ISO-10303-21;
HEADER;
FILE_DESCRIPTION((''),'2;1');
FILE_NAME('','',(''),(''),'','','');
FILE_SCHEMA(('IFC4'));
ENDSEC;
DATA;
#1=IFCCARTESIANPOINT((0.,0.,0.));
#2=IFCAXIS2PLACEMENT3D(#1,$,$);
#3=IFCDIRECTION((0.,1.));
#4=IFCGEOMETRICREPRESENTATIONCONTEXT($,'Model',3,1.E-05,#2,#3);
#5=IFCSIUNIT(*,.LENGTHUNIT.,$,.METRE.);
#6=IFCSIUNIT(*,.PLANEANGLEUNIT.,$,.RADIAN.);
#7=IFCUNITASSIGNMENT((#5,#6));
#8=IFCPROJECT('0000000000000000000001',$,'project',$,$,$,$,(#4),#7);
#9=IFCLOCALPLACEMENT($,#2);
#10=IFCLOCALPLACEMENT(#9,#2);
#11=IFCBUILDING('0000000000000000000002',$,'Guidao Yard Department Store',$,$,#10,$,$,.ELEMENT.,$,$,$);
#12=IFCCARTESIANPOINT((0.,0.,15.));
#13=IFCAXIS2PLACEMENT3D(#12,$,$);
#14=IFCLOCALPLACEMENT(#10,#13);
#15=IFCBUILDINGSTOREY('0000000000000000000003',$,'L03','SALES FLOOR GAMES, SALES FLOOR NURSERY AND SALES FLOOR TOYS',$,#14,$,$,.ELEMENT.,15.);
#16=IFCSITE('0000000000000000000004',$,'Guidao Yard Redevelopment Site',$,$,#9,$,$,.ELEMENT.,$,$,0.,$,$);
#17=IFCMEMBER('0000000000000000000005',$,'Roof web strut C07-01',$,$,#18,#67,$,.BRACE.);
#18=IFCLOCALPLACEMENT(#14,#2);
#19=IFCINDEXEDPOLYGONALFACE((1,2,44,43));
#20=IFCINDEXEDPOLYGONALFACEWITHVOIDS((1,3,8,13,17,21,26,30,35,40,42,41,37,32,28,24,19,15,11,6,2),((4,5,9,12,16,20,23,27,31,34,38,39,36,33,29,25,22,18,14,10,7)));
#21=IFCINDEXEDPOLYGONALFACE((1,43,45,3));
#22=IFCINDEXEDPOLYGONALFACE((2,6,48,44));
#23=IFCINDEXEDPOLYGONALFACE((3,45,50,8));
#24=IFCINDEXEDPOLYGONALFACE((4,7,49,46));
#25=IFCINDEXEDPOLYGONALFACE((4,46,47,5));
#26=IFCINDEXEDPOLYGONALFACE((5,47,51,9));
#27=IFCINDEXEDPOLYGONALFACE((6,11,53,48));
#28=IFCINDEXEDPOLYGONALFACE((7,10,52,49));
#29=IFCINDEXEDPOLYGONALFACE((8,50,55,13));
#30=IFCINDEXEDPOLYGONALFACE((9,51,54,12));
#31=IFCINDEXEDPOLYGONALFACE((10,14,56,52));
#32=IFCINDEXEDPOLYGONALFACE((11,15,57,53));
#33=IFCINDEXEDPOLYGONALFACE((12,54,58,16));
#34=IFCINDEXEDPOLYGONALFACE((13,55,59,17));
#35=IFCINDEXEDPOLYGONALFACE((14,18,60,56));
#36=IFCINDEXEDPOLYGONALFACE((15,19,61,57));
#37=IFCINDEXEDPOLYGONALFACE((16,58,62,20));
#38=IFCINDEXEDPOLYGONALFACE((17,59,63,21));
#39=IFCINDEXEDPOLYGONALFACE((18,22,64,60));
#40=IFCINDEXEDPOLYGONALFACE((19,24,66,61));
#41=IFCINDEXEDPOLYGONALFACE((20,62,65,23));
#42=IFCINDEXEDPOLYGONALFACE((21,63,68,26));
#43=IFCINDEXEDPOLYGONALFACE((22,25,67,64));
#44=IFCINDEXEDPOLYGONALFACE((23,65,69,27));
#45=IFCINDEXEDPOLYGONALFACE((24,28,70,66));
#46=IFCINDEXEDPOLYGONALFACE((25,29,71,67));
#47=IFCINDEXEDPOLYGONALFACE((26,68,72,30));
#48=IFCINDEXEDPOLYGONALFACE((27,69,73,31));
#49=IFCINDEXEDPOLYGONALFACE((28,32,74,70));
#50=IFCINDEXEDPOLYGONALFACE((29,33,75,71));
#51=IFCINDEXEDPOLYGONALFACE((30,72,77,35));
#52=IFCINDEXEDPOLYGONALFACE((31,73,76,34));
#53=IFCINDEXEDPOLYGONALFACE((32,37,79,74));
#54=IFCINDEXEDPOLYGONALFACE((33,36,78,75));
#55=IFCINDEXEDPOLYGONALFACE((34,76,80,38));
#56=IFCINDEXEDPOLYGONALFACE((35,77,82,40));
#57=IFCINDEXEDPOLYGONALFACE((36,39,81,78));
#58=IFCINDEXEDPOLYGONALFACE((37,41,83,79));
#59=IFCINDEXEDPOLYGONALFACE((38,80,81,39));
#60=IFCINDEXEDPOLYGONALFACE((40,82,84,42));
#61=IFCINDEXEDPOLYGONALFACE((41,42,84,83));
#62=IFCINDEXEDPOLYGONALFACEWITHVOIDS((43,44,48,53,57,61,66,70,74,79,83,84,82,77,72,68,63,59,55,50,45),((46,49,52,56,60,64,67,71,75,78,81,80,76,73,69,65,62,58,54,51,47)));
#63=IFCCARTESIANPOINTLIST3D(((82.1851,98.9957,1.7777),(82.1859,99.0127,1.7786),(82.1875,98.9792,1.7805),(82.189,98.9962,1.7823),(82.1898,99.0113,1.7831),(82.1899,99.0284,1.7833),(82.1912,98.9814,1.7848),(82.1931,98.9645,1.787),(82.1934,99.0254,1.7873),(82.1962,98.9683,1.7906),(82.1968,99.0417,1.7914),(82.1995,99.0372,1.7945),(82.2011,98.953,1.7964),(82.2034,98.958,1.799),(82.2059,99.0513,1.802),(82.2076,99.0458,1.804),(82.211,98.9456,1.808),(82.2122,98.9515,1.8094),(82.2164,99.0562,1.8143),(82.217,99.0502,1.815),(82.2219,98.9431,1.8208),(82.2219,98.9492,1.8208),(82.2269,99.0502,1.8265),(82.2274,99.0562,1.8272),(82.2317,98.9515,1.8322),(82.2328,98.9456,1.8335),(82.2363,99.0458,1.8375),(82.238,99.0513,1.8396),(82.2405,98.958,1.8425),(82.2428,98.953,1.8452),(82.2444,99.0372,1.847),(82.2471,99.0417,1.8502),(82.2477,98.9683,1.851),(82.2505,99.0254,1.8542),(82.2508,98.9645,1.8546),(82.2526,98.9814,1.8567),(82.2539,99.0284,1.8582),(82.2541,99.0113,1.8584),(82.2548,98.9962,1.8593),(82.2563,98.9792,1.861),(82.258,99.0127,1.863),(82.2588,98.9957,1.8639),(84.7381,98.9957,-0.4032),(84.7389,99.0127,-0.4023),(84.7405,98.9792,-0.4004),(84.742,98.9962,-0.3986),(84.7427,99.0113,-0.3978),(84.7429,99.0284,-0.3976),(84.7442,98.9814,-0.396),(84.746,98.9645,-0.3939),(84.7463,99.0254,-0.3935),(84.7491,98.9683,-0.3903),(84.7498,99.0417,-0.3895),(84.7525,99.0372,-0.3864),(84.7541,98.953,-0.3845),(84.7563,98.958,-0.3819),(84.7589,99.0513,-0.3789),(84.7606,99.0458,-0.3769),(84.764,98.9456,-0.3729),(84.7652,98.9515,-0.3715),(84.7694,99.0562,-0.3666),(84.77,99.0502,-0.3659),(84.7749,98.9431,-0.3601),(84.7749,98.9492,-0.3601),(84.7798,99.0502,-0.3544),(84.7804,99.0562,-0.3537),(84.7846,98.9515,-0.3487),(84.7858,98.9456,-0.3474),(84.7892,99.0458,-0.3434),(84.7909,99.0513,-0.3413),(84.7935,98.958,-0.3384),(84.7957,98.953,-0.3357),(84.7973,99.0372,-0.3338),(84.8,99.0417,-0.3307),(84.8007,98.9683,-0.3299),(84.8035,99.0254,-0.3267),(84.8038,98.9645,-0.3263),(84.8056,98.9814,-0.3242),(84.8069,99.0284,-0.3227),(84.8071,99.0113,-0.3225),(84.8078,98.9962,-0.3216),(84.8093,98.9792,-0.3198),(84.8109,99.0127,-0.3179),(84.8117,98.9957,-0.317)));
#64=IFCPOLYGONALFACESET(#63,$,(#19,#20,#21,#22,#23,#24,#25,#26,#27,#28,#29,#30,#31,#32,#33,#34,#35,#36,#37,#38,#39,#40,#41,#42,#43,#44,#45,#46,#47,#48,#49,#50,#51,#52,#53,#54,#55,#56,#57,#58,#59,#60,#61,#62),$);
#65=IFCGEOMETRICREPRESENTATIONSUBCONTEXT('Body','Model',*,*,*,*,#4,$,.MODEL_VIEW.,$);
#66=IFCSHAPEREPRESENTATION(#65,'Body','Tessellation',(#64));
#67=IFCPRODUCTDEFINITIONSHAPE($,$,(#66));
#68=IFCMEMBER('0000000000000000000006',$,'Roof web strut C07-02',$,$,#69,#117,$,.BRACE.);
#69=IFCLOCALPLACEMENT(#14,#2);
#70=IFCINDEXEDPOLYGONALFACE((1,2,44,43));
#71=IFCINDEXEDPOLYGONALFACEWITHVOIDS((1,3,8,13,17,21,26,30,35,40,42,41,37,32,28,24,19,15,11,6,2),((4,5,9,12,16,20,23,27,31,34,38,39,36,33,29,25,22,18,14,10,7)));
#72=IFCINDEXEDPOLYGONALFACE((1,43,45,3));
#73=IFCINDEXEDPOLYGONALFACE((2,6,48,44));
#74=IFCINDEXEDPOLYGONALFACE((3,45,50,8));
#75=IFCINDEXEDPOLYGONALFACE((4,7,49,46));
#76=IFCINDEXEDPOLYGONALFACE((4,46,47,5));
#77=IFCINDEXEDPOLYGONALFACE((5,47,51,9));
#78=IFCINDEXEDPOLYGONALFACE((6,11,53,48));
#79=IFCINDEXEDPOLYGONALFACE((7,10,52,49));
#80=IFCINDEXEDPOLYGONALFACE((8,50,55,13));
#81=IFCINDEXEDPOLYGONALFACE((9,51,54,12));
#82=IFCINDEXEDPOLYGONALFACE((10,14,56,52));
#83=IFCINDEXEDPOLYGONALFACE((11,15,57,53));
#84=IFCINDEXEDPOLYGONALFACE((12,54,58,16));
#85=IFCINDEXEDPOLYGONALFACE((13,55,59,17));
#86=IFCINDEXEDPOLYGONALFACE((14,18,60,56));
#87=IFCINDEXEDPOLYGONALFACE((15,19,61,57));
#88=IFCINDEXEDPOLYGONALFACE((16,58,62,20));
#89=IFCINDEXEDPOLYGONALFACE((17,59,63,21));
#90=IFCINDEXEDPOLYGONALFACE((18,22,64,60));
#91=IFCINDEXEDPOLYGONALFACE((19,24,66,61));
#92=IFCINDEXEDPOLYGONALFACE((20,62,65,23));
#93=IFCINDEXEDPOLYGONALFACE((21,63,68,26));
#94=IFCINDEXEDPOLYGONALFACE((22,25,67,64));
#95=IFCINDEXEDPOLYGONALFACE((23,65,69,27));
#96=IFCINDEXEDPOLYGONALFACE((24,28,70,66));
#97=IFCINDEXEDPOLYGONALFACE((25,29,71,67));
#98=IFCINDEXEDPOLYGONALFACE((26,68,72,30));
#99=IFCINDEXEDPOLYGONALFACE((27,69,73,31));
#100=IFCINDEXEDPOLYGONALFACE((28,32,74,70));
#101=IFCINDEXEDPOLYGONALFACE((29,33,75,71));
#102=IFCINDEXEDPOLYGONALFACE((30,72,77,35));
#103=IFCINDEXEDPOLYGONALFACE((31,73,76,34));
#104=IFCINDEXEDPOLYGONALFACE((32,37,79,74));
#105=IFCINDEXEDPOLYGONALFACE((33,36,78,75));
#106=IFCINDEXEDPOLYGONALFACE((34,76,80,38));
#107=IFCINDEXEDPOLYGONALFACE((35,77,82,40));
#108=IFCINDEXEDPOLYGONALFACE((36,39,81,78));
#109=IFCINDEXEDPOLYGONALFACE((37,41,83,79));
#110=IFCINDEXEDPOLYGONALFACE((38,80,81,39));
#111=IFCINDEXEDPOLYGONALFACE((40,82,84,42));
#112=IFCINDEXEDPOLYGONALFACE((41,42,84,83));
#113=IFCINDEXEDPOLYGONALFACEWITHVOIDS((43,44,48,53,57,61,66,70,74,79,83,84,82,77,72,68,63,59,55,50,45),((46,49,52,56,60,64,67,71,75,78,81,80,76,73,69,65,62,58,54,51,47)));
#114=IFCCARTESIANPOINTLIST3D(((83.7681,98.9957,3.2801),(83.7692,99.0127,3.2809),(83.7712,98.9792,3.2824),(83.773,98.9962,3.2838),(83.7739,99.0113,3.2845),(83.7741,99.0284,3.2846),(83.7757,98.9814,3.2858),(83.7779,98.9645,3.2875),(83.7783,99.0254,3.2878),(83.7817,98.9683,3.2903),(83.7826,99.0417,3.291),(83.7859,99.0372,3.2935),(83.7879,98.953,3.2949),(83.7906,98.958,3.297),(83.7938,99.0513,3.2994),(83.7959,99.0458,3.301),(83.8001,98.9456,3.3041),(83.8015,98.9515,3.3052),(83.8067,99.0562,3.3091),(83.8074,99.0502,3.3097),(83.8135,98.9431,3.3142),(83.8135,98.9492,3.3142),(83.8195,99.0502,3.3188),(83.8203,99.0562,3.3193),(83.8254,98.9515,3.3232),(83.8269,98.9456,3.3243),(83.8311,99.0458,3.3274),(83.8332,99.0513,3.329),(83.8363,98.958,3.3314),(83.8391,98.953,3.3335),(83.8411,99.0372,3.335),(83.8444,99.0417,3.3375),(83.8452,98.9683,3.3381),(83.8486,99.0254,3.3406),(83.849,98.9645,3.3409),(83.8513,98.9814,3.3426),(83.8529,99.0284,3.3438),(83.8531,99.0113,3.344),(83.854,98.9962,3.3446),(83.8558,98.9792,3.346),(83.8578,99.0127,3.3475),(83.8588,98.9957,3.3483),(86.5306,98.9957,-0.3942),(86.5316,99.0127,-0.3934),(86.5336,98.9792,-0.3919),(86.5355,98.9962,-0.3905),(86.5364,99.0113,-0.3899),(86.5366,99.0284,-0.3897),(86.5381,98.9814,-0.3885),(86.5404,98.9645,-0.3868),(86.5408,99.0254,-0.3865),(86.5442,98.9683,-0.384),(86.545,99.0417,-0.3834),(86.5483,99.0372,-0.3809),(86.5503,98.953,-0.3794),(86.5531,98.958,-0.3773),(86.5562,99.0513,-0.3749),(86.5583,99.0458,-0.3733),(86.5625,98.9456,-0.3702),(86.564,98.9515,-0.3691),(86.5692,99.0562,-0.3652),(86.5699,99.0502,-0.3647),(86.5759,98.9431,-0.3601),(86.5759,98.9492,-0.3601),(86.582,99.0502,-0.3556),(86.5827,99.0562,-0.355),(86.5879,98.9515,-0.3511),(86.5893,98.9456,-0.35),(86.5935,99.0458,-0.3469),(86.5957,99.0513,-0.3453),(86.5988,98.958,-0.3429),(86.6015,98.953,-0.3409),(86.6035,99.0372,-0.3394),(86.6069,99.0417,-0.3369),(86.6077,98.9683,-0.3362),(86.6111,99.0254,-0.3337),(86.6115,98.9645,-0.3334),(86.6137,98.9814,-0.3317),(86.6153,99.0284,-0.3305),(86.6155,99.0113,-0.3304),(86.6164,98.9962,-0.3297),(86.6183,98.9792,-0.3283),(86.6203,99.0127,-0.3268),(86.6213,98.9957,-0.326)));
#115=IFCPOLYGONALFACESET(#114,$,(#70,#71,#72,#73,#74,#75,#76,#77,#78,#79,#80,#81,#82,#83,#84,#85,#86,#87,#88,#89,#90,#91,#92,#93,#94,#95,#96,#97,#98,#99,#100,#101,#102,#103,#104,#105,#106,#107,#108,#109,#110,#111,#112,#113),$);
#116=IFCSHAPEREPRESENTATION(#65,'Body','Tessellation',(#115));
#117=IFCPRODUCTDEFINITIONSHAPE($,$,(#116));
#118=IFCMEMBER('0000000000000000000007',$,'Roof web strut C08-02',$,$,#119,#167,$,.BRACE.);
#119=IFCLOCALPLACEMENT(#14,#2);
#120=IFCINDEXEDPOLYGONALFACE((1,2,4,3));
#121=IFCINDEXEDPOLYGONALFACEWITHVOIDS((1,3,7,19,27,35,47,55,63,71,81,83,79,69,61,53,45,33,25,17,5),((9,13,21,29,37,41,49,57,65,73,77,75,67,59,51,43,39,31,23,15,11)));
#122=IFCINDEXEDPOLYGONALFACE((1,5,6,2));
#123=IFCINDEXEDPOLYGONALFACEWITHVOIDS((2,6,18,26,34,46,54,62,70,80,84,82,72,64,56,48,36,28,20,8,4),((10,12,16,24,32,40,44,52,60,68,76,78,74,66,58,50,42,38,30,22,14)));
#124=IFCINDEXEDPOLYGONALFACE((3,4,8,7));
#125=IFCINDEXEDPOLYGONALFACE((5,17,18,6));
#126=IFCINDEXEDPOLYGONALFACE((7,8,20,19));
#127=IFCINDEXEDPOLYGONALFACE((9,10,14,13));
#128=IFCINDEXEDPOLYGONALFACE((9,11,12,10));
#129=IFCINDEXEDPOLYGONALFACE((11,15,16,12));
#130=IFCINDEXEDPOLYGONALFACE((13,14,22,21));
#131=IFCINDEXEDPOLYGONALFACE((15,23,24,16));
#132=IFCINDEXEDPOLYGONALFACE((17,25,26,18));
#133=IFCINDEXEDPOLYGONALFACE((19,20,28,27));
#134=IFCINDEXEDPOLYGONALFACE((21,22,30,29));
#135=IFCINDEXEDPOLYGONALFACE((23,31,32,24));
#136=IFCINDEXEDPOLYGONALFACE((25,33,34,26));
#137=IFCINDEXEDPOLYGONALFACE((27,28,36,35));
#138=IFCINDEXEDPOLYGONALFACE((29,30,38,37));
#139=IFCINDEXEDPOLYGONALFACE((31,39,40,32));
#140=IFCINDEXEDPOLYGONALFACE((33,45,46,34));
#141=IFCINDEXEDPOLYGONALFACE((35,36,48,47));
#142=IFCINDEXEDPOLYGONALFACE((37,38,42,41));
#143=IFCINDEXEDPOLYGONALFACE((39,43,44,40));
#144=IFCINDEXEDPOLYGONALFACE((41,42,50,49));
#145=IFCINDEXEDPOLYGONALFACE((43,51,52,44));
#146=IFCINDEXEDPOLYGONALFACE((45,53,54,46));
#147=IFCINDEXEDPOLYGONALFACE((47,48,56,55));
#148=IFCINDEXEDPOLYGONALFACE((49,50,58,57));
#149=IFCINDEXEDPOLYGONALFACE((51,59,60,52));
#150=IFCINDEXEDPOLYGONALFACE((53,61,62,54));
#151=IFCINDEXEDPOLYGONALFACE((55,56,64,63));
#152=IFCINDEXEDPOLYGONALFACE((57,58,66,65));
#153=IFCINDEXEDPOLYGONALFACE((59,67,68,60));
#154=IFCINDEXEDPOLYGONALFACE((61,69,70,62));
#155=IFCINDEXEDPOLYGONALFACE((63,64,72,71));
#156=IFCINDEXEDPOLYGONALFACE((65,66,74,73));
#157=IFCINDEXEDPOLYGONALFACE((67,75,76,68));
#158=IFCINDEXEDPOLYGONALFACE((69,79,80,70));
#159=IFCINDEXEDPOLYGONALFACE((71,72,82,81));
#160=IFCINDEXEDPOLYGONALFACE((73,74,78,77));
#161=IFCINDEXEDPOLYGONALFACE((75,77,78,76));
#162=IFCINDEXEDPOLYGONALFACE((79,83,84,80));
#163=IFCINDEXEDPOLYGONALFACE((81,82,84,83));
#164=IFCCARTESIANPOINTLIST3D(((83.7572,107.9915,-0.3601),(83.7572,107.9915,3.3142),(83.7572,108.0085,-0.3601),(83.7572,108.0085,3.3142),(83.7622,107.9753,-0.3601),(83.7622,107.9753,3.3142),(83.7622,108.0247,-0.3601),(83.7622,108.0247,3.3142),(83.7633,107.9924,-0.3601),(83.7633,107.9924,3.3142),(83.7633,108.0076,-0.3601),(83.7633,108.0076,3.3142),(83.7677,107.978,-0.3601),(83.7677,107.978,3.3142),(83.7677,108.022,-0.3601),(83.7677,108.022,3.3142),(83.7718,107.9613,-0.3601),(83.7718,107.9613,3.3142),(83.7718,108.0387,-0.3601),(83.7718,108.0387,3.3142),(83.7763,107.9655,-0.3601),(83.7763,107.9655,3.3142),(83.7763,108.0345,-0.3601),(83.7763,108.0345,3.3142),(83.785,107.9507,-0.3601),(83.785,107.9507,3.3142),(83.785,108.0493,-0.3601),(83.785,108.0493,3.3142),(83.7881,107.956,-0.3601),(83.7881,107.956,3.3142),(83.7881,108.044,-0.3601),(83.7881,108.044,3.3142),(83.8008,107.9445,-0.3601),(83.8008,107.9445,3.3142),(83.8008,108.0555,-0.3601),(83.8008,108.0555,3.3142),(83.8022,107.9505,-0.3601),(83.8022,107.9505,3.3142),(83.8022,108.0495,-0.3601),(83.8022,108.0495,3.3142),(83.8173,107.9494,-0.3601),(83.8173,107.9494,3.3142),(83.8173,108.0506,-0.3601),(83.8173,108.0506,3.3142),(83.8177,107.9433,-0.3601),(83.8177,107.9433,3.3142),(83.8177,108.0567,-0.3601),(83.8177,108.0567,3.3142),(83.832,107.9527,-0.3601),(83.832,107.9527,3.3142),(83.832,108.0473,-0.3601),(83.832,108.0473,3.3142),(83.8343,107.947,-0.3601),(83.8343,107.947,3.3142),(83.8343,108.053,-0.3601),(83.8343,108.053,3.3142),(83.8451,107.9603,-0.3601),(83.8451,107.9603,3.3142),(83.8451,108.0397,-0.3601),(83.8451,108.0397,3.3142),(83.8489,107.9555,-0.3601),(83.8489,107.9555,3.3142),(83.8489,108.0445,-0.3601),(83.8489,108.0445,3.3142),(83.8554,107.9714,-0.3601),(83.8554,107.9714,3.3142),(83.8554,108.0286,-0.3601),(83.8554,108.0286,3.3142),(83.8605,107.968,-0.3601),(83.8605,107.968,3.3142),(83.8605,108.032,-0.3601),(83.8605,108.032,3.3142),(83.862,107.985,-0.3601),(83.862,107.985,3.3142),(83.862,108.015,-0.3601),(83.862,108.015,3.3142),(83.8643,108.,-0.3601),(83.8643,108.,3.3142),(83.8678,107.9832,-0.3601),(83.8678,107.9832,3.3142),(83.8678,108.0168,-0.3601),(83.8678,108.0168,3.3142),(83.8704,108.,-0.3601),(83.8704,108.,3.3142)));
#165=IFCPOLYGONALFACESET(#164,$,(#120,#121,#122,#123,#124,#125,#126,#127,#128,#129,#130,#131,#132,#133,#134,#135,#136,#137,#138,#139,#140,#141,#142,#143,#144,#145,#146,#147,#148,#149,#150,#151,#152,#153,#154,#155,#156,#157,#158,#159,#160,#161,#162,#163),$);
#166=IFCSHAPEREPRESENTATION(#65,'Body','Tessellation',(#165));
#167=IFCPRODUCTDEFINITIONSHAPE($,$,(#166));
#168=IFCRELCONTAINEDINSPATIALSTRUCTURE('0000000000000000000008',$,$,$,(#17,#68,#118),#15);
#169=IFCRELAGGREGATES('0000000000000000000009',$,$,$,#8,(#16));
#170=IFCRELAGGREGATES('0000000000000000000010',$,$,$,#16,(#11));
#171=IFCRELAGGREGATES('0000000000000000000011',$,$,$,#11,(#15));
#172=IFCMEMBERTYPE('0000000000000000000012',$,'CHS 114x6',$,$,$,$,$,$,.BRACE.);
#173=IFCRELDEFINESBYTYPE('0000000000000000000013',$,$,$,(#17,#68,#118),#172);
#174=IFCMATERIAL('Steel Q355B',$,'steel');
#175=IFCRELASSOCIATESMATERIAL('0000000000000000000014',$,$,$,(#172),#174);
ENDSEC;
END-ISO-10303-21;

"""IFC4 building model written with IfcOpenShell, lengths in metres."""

from ifc_helpers import new_model, si_unit, direction, frame, origin, origin_2d, place, context, subcontext, project, spatial, hollow_circle, extrude, material, material_profile, profile_set, type_object, element, save


model = new_model("IFC4")

# Units and contexts
model_context = context("Model", 3, precision=1e-05, world=origin(), true_north=direction((0.0, 1.0)))
body_context = subcontext(model_context, "Body", "Model", "MODEL_VIEW")
ifc_project = project(units=[si_unit("LENGTHUNIT", "METRE"), si_unit("PLANEANGLEUNIT", "RADIAN")], contexts=[model_context])

# Site, building, storey
site_placement = place(None, origin())
site = spatial("IfcSite", under=ifc_project, at=site_placement, Name="Guidao Yard Redevelopment Site", CompositionType="ELEMENT", RefElevation=0.0)
building_placement = place(site_placement, origin())
building = spatial("IfcBuilding", under=site, at=building_placement, Name="Guidao Yard Department Store", CompositionType="ELEMENT")
storey_placement = place(building_placement, frame((0.0, 0.0, 15.0)))
storey = spatial("IfcBuildingStorey", under=building, at=storey_placement, Name="L03", Description="SALES FLOOR GAMES, SALES FLOOR NURSERY AND SALES FLOOR TOYS", CompositionType="ELEMENT", Elevation=15.0)

# Members
ifc_material_1 = material(Name="Steel Q355B", Category="steel")
ifc_material_profile_1 = material_profile(ifc_material_1, hollow_circle(Radius=0.0569, WallThickness=0.0061, at=origin_2d()), Name="CHS 114x6")
ifc_profile_set_1 = profile_set([ifc_material_profile_1], Name="Steel Q355B")
member_type_1 = type_object("IfcMemberType", Name="CHS 114x6", PredefinedType="BRACE", material=ifc_profile_set_1)
member_1_placement = place(storey_placement, frame((84.7749, 99.0, -0.3601), z_axis=(-0.760339, 0.0, 0.649527), x_axis=(0.0, -1.0, 0.0)))
element("IfcMember", 1, at=member_1_placement, inside=storey, type_object=member_type_1, Name="Roof web strut C07-01", PredefinedType="BRACE", context=body_context, shape_type="SweptSolid", body=[
    extrude(hollow_circle(Radius=0.0569, WallThickness=0.0061, at=origin_2d()), origin(), (0.0, 0.0, 1.0), 3.3577),
])
member_2_placement = place(storey_placement, frame((86.5759, 99.0, -0.3601), z_axis=(-0.600934, 0.0, 0.799298), x_axis=(0.0, -1.0, 0.0)))
element("IfcMember", 2, at=member_2_placement, inside=storey, type_object=member_type_1, Name="Roof web strut C07-02", PredefinedType="BRACE", context=body_context, shape_type="SweptSolid", body=[
    extrude(hollow_circle(Radius=0.0569, WallThickness=0.0061, at=origin_2d()), origin(), (0.0, 0.0, 1.0), 4.5969),
])
member_3_placement = place(storey_placement, frame((83.8135, 108.0, -0.3601), z_axis=(0.0, 0.0, 1.0), x_axis=(1.0, 0.0, 0.0)))
element("IfcMember", 3, at=member_3_placement, inside=storey, type_object=member_type_1, Name="Roof web strut C08-02", PredefinedType="BRACE", context=body_context, shape_type="SweptSolid", body=[
    extrude(hollow_circle(Radius=0.0569, WallThickness=0.0061, at=origin_2d()), origin(), (0.0, 0.0, 1.0), 3.6743),
])

save(model, "model.ifc")
